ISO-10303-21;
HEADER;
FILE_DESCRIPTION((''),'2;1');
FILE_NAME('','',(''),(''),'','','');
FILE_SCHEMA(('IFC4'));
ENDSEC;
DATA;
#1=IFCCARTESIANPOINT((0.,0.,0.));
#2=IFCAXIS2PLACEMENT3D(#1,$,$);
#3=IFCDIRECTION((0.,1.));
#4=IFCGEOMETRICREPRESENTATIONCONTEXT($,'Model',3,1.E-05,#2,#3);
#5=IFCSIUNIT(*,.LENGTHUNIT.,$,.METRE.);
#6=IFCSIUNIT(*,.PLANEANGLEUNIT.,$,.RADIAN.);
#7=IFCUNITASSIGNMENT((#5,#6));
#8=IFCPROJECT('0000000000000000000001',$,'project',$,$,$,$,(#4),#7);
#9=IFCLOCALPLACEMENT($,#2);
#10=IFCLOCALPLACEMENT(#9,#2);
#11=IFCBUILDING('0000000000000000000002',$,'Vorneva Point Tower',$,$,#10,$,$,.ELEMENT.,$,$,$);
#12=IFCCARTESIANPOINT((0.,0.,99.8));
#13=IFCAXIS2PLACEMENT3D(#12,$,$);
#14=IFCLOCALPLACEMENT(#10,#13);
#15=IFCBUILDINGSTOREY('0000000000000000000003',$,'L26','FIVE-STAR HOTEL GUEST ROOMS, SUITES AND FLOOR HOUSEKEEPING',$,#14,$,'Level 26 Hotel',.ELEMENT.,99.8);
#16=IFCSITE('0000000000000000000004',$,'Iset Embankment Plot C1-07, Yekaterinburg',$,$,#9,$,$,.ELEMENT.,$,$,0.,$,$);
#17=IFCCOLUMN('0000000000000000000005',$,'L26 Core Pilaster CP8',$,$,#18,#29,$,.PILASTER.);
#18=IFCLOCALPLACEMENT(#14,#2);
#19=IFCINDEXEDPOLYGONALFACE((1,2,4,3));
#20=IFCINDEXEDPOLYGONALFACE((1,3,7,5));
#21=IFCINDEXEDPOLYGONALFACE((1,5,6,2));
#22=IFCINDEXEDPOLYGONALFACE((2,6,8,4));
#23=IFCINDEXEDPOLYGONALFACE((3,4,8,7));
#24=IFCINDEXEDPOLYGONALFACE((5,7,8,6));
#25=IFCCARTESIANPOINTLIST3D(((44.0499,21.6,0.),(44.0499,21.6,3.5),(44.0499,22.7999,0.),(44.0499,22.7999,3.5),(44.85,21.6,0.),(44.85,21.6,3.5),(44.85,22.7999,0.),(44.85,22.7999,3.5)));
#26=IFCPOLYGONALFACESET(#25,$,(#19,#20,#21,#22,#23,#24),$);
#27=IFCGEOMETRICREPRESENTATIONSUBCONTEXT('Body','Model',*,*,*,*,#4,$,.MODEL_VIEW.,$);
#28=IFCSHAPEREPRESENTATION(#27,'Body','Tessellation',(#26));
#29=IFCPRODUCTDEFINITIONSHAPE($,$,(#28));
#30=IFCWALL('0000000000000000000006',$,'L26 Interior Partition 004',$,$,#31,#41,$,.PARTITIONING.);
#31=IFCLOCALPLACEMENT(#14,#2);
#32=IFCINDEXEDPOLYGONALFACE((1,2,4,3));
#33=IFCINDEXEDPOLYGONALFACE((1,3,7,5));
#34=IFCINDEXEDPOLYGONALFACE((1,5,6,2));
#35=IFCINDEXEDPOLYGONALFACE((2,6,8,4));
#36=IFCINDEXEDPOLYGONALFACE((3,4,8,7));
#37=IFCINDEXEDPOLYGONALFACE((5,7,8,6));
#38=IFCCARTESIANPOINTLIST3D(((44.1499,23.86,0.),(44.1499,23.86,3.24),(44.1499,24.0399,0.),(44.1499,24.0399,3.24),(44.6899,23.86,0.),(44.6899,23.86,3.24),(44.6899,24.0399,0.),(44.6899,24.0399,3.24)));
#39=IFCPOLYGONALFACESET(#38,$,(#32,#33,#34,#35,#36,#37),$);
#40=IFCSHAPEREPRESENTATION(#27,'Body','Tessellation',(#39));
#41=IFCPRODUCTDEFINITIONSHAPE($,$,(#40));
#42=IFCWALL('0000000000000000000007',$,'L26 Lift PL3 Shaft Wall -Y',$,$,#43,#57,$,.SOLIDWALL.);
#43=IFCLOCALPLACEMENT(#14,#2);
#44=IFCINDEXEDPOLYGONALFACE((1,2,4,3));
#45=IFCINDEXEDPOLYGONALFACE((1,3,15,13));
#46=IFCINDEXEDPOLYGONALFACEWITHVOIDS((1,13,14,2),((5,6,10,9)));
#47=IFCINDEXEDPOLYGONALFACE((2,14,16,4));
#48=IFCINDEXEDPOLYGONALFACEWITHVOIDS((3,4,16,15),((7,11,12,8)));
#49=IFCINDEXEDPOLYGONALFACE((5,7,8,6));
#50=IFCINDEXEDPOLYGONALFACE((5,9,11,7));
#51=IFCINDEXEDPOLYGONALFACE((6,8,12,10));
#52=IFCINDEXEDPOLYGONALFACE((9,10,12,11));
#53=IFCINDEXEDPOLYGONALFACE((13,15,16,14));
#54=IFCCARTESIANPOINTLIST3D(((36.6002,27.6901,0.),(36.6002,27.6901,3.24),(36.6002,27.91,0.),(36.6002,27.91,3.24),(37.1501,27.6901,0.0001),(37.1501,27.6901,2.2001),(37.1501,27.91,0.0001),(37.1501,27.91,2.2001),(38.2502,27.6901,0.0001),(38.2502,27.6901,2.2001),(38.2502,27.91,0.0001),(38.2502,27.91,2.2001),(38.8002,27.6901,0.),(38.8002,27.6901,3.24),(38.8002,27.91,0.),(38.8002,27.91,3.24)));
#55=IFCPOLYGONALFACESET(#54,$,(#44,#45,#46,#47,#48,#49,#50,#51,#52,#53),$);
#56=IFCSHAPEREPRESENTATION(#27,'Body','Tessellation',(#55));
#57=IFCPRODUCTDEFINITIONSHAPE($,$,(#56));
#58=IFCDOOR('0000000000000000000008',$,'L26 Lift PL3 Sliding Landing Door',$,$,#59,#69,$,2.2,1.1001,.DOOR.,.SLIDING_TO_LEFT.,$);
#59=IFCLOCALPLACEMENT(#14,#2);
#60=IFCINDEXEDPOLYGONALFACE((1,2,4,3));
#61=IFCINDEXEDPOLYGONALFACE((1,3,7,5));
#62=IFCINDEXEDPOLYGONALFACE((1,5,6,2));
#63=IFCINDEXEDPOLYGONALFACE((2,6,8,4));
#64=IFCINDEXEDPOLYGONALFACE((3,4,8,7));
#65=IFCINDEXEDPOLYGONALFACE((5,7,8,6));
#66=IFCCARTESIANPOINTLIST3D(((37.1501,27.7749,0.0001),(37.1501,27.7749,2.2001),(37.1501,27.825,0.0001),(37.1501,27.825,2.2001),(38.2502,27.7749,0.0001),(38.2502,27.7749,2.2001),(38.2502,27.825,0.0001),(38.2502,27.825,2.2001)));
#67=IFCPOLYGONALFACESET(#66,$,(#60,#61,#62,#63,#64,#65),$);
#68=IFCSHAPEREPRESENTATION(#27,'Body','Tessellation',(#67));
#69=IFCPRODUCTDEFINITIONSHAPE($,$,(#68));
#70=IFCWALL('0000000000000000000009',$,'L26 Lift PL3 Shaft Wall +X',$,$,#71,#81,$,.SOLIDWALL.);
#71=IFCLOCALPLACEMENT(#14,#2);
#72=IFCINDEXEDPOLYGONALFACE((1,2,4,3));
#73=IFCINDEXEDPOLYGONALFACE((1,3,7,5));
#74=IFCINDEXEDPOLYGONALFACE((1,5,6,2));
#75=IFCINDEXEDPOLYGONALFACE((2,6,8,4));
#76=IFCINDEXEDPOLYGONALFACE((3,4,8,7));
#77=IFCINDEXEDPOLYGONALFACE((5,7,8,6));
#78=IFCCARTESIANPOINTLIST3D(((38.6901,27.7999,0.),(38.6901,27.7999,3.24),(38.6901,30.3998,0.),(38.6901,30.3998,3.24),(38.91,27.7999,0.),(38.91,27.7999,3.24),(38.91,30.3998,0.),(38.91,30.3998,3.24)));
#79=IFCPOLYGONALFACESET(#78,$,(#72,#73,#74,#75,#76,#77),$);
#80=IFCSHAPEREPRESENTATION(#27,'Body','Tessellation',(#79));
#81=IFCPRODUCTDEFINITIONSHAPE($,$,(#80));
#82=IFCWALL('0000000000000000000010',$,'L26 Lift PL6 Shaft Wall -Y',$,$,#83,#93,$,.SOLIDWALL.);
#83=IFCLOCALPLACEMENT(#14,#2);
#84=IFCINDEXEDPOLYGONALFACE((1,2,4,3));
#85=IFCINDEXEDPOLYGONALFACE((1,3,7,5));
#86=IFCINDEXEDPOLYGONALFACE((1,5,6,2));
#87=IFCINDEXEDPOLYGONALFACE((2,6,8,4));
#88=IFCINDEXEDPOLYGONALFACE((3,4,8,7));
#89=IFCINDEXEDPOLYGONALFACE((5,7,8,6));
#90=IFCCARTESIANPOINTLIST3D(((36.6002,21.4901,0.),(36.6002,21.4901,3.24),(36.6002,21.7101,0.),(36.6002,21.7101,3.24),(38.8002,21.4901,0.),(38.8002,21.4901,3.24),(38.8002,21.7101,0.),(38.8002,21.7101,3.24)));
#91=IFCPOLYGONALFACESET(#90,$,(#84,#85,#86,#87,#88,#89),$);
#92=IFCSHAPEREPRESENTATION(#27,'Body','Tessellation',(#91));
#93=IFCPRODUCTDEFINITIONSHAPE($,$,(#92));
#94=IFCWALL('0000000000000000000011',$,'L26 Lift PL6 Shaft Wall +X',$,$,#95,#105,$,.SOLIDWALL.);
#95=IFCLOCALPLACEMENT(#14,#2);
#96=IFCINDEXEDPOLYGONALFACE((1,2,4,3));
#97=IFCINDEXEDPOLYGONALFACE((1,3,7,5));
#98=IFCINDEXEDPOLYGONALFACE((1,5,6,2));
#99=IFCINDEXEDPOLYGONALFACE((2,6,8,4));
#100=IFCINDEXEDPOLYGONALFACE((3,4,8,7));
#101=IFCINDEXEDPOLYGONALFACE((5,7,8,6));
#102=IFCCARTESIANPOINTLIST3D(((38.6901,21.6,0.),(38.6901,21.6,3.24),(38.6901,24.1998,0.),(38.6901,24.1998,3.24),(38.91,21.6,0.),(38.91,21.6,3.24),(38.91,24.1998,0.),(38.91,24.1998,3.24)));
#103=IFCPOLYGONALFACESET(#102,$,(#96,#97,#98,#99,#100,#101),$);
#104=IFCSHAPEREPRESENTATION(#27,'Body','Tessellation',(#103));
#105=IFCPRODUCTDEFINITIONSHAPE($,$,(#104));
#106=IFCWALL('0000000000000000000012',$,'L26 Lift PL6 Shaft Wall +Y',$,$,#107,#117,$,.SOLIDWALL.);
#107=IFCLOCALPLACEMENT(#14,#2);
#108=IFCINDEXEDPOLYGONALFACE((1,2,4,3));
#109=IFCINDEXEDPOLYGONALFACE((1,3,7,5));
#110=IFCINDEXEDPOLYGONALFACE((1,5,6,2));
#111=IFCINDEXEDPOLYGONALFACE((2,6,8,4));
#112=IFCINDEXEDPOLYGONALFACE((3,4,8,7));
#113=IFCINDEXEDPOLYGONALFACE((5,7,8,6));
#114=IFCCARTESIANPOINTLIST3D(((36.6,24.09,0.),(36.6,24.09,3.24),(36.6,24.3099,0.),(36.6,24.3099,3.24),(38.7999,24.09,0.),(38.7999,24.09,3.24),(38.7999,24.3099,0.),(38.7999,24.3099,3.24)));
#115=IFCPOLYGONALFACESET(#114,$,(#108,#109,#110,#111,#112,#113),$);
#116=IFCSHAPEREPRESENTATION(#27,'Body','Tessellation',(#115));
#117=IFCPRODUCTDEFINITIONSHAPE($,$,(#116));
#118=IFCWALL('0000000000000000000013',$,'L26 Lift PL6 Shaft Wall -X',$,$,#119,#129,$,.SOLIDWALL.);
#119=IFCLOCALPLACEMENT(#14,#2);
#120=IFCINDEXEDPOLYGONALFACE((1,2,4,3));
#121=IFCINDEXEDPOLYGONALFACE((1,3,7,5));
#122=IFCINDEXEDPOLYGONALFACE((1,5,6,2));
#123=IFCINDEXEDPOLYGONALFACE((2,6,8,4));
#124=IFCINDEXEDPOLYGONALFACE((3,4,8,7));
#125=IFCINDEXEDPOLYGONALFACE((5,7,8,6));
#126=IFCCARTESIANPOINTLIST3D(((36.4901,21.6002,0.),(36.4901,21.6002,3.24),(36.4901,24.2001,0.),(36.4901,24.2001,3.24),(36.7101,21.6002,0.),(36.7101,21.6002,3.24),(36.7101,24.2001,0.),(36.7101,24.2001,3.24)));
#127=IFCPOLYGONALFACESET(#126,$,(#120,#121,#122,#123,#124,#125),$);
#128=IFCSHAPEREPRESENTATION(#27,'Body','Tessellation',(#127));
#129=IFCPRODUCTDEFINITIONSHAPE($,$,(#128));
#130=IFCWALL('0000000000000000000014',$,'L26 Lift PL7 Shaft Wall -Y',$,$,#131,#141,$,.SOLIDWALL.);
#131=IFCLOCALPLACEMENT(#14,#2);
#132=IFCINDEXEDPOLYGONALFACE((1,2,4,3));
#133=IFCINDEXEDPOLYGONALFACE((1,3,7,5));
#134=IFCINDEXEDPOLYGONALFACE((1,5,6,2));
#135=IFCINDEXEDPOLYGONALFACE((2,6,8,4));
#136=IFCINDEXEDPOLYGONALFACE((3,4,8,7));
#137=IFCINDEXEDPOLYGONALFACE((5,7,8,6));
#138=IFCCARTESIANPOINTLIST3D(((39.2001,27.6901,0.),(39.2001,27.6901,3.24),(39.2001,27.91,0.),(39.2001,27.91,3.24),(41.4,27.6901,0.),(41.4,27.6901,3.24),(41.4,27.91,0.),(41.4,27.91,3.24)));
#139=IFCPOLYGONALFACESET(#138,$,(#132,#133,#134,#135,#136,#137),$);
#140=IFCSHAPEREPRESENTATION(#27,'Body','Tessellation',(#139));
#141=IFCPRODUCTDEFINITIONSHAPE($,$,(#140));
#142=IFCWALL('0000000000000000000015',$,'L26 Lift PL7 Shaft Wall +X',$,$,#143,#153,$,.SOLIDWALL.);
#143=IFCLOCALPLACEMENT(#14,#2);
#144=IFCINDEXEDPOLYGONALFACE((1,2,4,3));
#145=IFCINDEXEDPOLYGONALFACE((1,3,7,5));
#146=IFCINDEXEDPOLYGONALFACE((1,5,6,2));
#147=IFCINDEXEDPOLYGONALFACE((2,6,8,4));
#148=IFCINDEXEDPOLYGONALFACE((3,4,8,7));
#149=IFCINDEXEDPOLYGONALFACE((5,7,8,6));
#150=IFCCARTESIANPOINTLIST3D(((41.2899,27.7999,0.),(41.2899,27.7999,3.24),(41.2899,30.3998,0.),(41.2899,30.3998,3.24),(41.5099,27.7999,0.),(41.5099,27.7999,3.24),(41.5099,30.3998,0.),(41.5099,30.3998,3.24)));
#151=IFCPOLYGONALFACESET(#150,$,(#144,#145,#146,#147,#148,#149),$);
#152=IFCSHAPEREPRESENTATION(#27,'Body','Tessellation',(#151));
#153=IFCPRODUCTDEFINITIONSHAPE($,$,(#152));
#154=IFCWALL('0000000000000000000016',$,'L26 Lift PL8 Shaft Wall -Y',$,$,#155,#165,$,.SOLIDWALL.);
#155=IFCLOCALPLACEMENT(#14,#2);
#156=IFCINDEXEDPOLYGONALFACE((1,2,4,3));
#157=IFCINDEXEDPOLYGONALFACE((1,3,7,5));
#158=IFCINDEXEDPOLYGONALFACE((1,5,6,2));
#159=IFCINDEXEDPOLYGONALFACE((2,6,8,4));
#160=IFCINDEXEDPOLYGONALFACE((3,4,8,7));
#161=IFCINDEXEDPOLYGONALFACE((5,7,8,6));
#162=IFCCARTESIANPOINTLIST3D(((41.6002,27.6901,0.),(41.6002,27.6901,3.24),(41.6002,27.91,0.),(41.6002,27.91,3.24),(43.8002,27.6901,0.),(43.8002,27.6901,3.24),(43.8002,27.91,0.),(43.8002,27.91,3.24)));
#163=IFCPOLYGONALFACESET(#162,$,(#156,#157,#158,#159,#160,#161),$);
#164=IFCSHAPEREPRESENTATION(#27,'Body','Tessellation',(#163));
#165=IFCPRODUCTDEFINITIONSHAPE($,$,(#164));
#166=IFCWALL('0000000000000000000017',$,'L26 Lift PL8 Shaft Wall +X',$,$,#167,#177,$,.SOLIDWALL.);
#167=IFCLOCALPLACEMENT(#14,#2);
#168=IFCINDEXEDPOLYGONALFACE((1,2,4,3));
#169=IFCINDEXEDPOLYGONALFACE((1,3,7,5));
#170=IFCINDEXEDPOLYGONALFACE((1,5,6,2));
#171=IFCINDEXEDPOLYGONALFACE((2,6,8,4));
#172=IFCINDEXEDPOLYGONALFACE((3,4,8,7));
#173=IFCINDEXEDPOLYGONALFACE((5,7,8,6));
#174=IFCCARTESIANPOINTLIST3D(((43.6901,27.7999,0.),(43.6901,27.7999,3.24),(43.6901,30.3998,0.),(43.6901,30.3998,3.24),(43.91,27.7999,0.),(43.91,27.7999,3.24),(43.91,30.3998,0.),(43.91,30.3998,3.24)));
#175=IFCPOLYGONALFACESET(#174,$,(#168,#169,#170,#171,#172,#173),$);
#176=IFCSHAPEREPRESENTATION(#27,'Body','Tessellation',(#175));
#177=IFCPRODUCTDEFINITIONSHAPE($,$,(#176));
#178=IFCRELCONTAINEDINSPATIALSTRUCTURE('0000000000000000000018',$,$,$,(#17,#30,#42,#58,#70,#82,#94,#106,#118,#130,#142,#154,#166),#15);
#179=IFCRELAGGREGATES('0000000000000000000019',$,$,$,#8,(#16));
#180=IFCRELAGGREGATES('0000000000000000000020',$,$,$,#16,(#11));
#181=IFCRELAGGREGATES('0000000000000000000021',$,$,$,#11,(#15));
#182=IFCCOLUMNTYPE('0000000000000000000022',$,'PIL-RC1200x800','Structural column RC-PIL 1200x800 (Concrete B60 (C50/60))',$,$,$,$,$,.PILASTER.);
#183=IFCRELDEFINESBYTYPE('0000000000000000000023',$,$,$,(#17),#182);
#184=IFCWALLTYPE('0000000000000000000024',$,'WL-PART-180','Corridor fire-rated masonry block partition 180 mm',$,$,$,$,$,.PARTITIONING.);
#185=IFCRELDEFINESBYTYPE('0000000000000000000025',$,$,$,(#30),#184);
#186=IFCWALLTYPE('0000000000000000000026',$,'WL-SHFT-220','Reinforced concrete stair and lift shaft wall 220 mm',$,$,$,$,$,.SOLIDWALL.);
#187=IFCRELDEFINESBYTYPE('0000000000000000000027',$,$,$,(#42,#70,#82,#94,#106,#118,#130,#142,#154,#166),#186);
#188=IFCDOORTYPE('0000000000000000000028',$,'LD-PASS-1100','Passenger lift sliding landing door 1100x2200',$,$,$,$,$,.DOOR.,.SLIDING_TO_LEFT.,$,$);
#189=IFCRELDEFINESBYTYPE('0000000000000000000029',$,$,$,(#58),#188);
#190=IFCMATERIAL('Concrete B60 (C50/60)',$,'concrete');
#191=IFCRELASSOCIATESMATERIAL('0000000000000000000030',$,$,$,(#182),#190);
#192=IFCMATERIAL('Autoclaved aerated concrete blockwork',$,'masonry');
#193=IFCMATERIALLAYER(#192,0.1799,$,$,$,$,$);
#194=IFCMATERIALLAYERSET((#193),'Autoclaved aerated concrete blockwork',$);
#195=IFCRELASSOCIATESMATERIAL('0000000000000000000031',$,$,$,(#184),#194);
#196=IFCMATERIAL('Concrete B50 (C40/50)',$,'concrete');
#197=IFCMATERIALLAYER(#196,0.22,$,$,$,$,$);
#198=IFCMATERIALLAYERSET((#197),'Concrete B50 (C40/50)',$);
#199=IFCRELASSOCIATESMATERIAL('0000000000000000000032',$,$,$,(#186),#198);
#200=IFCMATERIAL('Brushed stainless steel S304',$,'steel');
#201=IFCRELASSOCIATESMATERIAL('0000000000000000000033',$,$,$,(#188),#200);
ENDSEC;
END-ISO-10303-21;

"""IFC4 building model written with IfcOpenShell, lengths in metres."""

from ifc_helpers import new_model, si_unit, direction, frame, frame_2d, origin, origin_2d, place, context, subcontext, project, spatial, rectangle, extrude, material, layer, layer_set, material_profile, profile_set, type_object, element, fill, save


model = new_model("IFC4")

# Units and contexts
model_context = context("Model", 3, precision=1e-05, world=origin(), true_north=direction((0.0, 1.0)))
body_context = subcontext(model_context, "Body", "Model", "MODEL_VIEW")
ifc_project = project(units=[si_unit("LENGTHUNIT", "METRE"), si_unit("PLANEANGLEUNIT", "RADIAN")], contexts=[model_context])

# Site, building, storey
site_placement = place(None, origin())
site = spatial("IfcSite", under=ifc_project, at=site_placement, Name="Iset Embankment Plot C1-07, Yekaterinburg", CompositionType="ELEMENT", RefElevation=0.0)
building_placement = place(site_placement, origin())
building = spatial("IfcBuilding", under=site, at=building_placement, Name="Vorneva Point Tower", CompositionType="ELEMENT")
storey_placement = place(building_placement, frame((0.0, 0.0, 99.8)))
storey = spatial("IfcBuildingStorey", under=building, at=storey_placement, Name="L26", Description="FIVE-STAR HOTEL GUEST ROOMS, SUITES AND FLOOR HOUSEKEEPING", LongName="Level 26 Hotel", CompositionType="ELEMENT", Elevation=99.8)

# Column
ifc_material_1 = material(Name="Concrete B60 (C50/60)", Category="concrete")
ifc_material_profile = material_profile(ifc_material_1, rectangle(XDim=0.8, YDim=1.2, at=origin_2d()), Name="RC-PIL 1200x800")
ifc_profile_set = profile_set([ifc_material_profile], Name="Concrete B60 (C50/60)")
column_type = type_object("IfcColumnType", Name="PIL-RC1200x800", Description="Structural column RC-PIL 1200x800 (Concrete B60 (C50/60))", PredefinedType="PILASTER", material=ifc_profile_set)
column_placement = place(storey_placement, frame((44.45, 22.2, 0.0), z_axis=(0.0, 0.0, 1.0), x_axis=(1.0, 0.0, 0.0)))
element("IfcColumn", 1, at=column_placement, inside=storey, type_object=column_type, Name="L26 Core Pilaster CP8", PredefinedType="PILASTER", context=body_context, shape_type="SweptSolid", body=[
    extrude(rectangle(XDim=0.8, YDim=1.2, at=origin_2d()), origin(), (0.0, 0.0, 1.0), 3.5),
])

# Shared definitions
ifc_material_2 = material(Name="Autoclaved aerated concrete blockwork", Category="masonry")
ifc_layer_1 = layer(ifc_material_2, 0.1799)
ifc_layer_set_1 = layer_set([ifc_layer_1], Name="Autoclaved aerated concrete blockwork")
wall_type_1 = type_object("IfcWallType", Name="WL-PART-180", Description="Corridor fire-rated masonry block partition 180 mm", PredefinedType="PARTITIONING", material=ifc_layer_set_1)

# Wall
wall_1_placement = place(storey_placement, frame((44.1499, 23.95, 0.0), z_axis=(0.0, 0.0, 1.0), x_axis=(1.0, 0.0, 0.0)))
element("IfcWall", 2, at=wall_1_placement, inside=storey, type_object=wall_type_1, Name="L26 Interior Partition 004", PredefinedType="PARTITIONING", context=body_context, shape_type="SweptSolid", body=[
    extrude(rectangle(XDim=0.54, YDim=0.1799, at=frame_2d((0.27, 0.0))), origin(), (0.0, 0.0, 1.0), 3.24),
])

# Wall, opening, door
ifc_material_3 = material(Name="Concrete B50 (C40/50)", Category="concrete")
ifc_layer_2 = layer(ifc_material_3, 0.22)
ifc_layer_set_2 = layer_set([ifc_layer_2], Name="Concrete B50 (C40/50)")
wall_type_2 = type_object("IfcWallType", Name="WL-SHFT-220", Description="Reinforced concrete stair and lift shaft wall 220 mm", PredefinedType="SOLIDWALL", material=ifc_layer_set_2)
wall_2_placement = place(storey_placement, frame((36.6001, 27.8, 0.0), z_axis=(0.0, 0.0, 1.0), x_axis=(1.0, 0.0, 0.0)))
wall_2 = element("IfcWall", 3, at=wall_2_placement, inside=storey, type_object=wall_type_2, Name="L26 Lift PL3 Shaft Wall -Y", PredefinedType="SOLIDWALL", context=body_context, shape_type="SweptSolid", body=[
    extrude(rectangle(XDim=2.2, YDim=0.22, at=frame_2d((1.1001, 0.0))), origin(), (0.0, 0.0, 1.0), 3.24),
])
opening_1_placement = place(wall_2_placement, frame((0.55, 0.0, 0.0)))
opening_1 = element("IfcOpeningElement", 4, at=opening_1_placement, cuts=wall_2, PredefinedType="OPENING", context=body_context, shape_type="SweptSolid", body=[
    extrude(rectangle(XDim=1.1001, YDim=2.2, at=frame_2d((0.55, 1.1001))), frame((0.0, 0.125, 0.0), z_axis=(0.0, -1.0, 0.0), x_axis=(1.0, 0.0, 0.0)), (0.0, 0.0, 1.0), 0.2498),
])
ifc_material_4 = material(Name="Brushed stainless steel S304", Category="steel")
door_type_1 = type_object("IfcDoorType", Name="LD-PASS-1100", Description="Passenger lift sliding landing door 1100x2200", OperationType="SLIDING_TO_LEFT", PredefinedType="DOOR", material=ifc_material_4)
door_1_placement = place(opening_1_placement, origin())
door_1 = element("IfcDoor", 5, at=door_1_placement, inside=storey, type_object=door_type_1, Name="L26 Lift PL3 Sliding Landing Door", OperationType="SLIDING_TO_LEFT", OverallHeight=2.2, OverallWidth=1.1001, PredefinedType="DOOR", context=body_context, shape_type="SweptSolid", body=[
    extrude(rectangle(XDim=1.1001, YDim=2.2, at=frame_2d((0.55, 1.1001))), frame((0.0, 0.0249, 0.0), z_axis=(0.0, -1.0, 0.0), x_axis=(1.0, 0.0, 0.0)), (0.0, 0.0, 1.0), 0.05),
])
fill(opening_1, door_1)

# Walls
wall_3_placement = place(storey_placement, frame((38.8, 27.8, 0.0), z_axis=(0.0, 0.0, 1.0), x_axis=(0.0, 1.0, 0.0)))
element("IfcWall", 6, at=wall_3_placement, inside=storey, type_object=wall_type_2, Name="L26 Lift PL3 Shaft Wall +X", PredefinedType="SOLIDWALL", context=body_context, shape_type="SweptSolid", body=[
    extrude(rectangle(XDim=2.5999, YDim=0.22, at=frame_2d((1.2998, 0.0))), origin(), (0.0, 0.0, 1.0), 3.24),
])
wall_4_placement = place(storey_placement, frame((36.6001, 21.6001, 0.0), z_axis=(0.0, 0.0, 1.0), x_axis=(1.0, 0.0, 0.0)))
element("IfcWall", 7, at=wall_4_placement, inside=storey, type_object=wall_type_2, Name="L26 Lift PL6 Shaft Wall -Y", PredefinedType="SOLIDWALL", context=body_context, shape_type="SweptSolid", body=[
    extrude(rectangle(XDim=2.2, YDim=0.22, at=frame_2d((1.1001, 0.0))), origin(), (0.0, 0.0, 1.0), 3.24),
])
wall_5_placement = place(storey_placement, frame((38.8, 21.6001, 0.0), z_axis=(0.0, 0.0, 1.0), x_axis=(0.0, 1.0, 0.0)))
element("IfcWall", 8, at=wall_5_placement, inside=storey, type_object=wall_type_2, Name="L26 Lift PL6 Shaft Wall +X", PredefinedType="SOLIDWALL", context=body_context, shape_type="SweptSolid", body=[
    extrude(rectangle(XDim=2.5999, YDim=0.22, at=frame_2d((1.2998, 0.0))), origin(), (0.0, 0.0, 1.0), 3.24),
])
wall_6_placement = place(storey_placement, frame((38.8, 24.2, 0.0), z_axis=(0.0, 0.0, 1.0), x_axis=(-1.0, 0.0, 0.0)))
element("IfcWall", 9, at=wall_6_placement, inside=storey, type_object=wall_type_2, Name="L26 Lift PL6 Shaft Wall +Y", PredefinedType="SOLIDWALL", context=body_context, shape_type="SweptSolid", body=[
    extrude(rectangle(XDim=2.2, YDim=0.22, at=frame_2d((1.1001, 0.0))), origin(), (0.0, 0.0, 1.0), 3.24),
])
wall_7_placement = place(storey_placement, frame((36.6001, 24.2, 0.0), z_axis=(0.0, 0.0, 1.0), x_axis=(0.0, -1.0, 0.0)))
element("IfcWall", 10, at=wall_7_placement, inside=storey, type_object=wall_type_2, Name="L26 Lift PL6 Shaft Wall -X", PredefinedType="SOLIDWALL", context=body_context, shape_type="SweptSolid", body=[
    extrude(rectangle(XDim=2.5999, YDim=0.22, at=frame_2d((1.2998, 0.0))), origin(), (0.0, 0.0, 1.0), 3.24),
])
wall_8_placement = place(storey_placement, frame((39.2, 27.8, 0.0), z_axis=(0.0, 0.0, 1.0), x_axis=(1.0, 0.0, 0.0)))
element("IfcWall", 11, at=wall_8_placement, inside=storey, type_object=wall_type_2, Name="L26 Lift PL7 Shaft Wall -Y", PredefinedType="SOLIDWALL", context=body_context, shape_type="SweptSolid", body=[
    extrude(rectangle(XDim=2.2, YDim=0.22, at=frame_2d((1.1001, 0.0))), origin(), (0.0, 0.0, 1.0), 3.24),
])
wall_9_placement = place(storey_placement, frame((41.3999, 27.8, 0.0), z_axis=(0.0, 0.0, 1.0), x_axis=(0.0, 1.0, 0.0)))
element("IfcWall", 12, at=wall_9_placement, inside=storey, type_object=wall_type_2, Name="L26 Lift PL7 Shaft Wall +X", PredefinedType="SOLIDWALL", context=body_context, shape_type="SweptSolid", body=[
    extrude(rectangle(XDim=2.5999, YDim=0.22, at=frame_2d((1.2998, 0.0))), origin(), (0.0, 0.0, 1.0), 3.24),
])
wall_10_placement = place(storey_placement, frame((41.6001, 27.8, 0.0), z_axis=(0.0, 0.0, 1.0), x_axis=(1.0, 0.0, 0.0)))
element("IfcWall", 13, at=wall_10_placement, inside=storey, type_object=wall_type_2, Name="L26 Lift PL8 Shaft Wall -Y", PredefinedType="SOLIDWALL", context=body_context, shape_type="SweptSolid", body=[
    extrude(rectangle(XDim=2.2, YDim=0.22, at=frame_2d((1.1001, 0.0))), origin(), (0.0, 0.0, 1.0), 3.24),
])
wall_11_placement = place(storey_placement, frame((43.8, 27.8, 0.0), z_axis=(0.0, 0.0, 1.0), x_axis=(0.0, 1.0, 0.0)))
element("IfcWall", 14, at=wall_11_placement, inside=storey, type_object=wall_type_2, Name="L26 Lift PL8 Shaft Wall +X", PredefinedType="SOLIDWALL", context=body_context, shape_type="SweptSolid", body=[
    extrude(rectangle(XDim=2.5999, YDim=0.22, at=frame_2d((1.2998, 0.0))), origin(), (0.0, 0.0, 1.0), 3.24),
])

save(model, "model.ifc")
